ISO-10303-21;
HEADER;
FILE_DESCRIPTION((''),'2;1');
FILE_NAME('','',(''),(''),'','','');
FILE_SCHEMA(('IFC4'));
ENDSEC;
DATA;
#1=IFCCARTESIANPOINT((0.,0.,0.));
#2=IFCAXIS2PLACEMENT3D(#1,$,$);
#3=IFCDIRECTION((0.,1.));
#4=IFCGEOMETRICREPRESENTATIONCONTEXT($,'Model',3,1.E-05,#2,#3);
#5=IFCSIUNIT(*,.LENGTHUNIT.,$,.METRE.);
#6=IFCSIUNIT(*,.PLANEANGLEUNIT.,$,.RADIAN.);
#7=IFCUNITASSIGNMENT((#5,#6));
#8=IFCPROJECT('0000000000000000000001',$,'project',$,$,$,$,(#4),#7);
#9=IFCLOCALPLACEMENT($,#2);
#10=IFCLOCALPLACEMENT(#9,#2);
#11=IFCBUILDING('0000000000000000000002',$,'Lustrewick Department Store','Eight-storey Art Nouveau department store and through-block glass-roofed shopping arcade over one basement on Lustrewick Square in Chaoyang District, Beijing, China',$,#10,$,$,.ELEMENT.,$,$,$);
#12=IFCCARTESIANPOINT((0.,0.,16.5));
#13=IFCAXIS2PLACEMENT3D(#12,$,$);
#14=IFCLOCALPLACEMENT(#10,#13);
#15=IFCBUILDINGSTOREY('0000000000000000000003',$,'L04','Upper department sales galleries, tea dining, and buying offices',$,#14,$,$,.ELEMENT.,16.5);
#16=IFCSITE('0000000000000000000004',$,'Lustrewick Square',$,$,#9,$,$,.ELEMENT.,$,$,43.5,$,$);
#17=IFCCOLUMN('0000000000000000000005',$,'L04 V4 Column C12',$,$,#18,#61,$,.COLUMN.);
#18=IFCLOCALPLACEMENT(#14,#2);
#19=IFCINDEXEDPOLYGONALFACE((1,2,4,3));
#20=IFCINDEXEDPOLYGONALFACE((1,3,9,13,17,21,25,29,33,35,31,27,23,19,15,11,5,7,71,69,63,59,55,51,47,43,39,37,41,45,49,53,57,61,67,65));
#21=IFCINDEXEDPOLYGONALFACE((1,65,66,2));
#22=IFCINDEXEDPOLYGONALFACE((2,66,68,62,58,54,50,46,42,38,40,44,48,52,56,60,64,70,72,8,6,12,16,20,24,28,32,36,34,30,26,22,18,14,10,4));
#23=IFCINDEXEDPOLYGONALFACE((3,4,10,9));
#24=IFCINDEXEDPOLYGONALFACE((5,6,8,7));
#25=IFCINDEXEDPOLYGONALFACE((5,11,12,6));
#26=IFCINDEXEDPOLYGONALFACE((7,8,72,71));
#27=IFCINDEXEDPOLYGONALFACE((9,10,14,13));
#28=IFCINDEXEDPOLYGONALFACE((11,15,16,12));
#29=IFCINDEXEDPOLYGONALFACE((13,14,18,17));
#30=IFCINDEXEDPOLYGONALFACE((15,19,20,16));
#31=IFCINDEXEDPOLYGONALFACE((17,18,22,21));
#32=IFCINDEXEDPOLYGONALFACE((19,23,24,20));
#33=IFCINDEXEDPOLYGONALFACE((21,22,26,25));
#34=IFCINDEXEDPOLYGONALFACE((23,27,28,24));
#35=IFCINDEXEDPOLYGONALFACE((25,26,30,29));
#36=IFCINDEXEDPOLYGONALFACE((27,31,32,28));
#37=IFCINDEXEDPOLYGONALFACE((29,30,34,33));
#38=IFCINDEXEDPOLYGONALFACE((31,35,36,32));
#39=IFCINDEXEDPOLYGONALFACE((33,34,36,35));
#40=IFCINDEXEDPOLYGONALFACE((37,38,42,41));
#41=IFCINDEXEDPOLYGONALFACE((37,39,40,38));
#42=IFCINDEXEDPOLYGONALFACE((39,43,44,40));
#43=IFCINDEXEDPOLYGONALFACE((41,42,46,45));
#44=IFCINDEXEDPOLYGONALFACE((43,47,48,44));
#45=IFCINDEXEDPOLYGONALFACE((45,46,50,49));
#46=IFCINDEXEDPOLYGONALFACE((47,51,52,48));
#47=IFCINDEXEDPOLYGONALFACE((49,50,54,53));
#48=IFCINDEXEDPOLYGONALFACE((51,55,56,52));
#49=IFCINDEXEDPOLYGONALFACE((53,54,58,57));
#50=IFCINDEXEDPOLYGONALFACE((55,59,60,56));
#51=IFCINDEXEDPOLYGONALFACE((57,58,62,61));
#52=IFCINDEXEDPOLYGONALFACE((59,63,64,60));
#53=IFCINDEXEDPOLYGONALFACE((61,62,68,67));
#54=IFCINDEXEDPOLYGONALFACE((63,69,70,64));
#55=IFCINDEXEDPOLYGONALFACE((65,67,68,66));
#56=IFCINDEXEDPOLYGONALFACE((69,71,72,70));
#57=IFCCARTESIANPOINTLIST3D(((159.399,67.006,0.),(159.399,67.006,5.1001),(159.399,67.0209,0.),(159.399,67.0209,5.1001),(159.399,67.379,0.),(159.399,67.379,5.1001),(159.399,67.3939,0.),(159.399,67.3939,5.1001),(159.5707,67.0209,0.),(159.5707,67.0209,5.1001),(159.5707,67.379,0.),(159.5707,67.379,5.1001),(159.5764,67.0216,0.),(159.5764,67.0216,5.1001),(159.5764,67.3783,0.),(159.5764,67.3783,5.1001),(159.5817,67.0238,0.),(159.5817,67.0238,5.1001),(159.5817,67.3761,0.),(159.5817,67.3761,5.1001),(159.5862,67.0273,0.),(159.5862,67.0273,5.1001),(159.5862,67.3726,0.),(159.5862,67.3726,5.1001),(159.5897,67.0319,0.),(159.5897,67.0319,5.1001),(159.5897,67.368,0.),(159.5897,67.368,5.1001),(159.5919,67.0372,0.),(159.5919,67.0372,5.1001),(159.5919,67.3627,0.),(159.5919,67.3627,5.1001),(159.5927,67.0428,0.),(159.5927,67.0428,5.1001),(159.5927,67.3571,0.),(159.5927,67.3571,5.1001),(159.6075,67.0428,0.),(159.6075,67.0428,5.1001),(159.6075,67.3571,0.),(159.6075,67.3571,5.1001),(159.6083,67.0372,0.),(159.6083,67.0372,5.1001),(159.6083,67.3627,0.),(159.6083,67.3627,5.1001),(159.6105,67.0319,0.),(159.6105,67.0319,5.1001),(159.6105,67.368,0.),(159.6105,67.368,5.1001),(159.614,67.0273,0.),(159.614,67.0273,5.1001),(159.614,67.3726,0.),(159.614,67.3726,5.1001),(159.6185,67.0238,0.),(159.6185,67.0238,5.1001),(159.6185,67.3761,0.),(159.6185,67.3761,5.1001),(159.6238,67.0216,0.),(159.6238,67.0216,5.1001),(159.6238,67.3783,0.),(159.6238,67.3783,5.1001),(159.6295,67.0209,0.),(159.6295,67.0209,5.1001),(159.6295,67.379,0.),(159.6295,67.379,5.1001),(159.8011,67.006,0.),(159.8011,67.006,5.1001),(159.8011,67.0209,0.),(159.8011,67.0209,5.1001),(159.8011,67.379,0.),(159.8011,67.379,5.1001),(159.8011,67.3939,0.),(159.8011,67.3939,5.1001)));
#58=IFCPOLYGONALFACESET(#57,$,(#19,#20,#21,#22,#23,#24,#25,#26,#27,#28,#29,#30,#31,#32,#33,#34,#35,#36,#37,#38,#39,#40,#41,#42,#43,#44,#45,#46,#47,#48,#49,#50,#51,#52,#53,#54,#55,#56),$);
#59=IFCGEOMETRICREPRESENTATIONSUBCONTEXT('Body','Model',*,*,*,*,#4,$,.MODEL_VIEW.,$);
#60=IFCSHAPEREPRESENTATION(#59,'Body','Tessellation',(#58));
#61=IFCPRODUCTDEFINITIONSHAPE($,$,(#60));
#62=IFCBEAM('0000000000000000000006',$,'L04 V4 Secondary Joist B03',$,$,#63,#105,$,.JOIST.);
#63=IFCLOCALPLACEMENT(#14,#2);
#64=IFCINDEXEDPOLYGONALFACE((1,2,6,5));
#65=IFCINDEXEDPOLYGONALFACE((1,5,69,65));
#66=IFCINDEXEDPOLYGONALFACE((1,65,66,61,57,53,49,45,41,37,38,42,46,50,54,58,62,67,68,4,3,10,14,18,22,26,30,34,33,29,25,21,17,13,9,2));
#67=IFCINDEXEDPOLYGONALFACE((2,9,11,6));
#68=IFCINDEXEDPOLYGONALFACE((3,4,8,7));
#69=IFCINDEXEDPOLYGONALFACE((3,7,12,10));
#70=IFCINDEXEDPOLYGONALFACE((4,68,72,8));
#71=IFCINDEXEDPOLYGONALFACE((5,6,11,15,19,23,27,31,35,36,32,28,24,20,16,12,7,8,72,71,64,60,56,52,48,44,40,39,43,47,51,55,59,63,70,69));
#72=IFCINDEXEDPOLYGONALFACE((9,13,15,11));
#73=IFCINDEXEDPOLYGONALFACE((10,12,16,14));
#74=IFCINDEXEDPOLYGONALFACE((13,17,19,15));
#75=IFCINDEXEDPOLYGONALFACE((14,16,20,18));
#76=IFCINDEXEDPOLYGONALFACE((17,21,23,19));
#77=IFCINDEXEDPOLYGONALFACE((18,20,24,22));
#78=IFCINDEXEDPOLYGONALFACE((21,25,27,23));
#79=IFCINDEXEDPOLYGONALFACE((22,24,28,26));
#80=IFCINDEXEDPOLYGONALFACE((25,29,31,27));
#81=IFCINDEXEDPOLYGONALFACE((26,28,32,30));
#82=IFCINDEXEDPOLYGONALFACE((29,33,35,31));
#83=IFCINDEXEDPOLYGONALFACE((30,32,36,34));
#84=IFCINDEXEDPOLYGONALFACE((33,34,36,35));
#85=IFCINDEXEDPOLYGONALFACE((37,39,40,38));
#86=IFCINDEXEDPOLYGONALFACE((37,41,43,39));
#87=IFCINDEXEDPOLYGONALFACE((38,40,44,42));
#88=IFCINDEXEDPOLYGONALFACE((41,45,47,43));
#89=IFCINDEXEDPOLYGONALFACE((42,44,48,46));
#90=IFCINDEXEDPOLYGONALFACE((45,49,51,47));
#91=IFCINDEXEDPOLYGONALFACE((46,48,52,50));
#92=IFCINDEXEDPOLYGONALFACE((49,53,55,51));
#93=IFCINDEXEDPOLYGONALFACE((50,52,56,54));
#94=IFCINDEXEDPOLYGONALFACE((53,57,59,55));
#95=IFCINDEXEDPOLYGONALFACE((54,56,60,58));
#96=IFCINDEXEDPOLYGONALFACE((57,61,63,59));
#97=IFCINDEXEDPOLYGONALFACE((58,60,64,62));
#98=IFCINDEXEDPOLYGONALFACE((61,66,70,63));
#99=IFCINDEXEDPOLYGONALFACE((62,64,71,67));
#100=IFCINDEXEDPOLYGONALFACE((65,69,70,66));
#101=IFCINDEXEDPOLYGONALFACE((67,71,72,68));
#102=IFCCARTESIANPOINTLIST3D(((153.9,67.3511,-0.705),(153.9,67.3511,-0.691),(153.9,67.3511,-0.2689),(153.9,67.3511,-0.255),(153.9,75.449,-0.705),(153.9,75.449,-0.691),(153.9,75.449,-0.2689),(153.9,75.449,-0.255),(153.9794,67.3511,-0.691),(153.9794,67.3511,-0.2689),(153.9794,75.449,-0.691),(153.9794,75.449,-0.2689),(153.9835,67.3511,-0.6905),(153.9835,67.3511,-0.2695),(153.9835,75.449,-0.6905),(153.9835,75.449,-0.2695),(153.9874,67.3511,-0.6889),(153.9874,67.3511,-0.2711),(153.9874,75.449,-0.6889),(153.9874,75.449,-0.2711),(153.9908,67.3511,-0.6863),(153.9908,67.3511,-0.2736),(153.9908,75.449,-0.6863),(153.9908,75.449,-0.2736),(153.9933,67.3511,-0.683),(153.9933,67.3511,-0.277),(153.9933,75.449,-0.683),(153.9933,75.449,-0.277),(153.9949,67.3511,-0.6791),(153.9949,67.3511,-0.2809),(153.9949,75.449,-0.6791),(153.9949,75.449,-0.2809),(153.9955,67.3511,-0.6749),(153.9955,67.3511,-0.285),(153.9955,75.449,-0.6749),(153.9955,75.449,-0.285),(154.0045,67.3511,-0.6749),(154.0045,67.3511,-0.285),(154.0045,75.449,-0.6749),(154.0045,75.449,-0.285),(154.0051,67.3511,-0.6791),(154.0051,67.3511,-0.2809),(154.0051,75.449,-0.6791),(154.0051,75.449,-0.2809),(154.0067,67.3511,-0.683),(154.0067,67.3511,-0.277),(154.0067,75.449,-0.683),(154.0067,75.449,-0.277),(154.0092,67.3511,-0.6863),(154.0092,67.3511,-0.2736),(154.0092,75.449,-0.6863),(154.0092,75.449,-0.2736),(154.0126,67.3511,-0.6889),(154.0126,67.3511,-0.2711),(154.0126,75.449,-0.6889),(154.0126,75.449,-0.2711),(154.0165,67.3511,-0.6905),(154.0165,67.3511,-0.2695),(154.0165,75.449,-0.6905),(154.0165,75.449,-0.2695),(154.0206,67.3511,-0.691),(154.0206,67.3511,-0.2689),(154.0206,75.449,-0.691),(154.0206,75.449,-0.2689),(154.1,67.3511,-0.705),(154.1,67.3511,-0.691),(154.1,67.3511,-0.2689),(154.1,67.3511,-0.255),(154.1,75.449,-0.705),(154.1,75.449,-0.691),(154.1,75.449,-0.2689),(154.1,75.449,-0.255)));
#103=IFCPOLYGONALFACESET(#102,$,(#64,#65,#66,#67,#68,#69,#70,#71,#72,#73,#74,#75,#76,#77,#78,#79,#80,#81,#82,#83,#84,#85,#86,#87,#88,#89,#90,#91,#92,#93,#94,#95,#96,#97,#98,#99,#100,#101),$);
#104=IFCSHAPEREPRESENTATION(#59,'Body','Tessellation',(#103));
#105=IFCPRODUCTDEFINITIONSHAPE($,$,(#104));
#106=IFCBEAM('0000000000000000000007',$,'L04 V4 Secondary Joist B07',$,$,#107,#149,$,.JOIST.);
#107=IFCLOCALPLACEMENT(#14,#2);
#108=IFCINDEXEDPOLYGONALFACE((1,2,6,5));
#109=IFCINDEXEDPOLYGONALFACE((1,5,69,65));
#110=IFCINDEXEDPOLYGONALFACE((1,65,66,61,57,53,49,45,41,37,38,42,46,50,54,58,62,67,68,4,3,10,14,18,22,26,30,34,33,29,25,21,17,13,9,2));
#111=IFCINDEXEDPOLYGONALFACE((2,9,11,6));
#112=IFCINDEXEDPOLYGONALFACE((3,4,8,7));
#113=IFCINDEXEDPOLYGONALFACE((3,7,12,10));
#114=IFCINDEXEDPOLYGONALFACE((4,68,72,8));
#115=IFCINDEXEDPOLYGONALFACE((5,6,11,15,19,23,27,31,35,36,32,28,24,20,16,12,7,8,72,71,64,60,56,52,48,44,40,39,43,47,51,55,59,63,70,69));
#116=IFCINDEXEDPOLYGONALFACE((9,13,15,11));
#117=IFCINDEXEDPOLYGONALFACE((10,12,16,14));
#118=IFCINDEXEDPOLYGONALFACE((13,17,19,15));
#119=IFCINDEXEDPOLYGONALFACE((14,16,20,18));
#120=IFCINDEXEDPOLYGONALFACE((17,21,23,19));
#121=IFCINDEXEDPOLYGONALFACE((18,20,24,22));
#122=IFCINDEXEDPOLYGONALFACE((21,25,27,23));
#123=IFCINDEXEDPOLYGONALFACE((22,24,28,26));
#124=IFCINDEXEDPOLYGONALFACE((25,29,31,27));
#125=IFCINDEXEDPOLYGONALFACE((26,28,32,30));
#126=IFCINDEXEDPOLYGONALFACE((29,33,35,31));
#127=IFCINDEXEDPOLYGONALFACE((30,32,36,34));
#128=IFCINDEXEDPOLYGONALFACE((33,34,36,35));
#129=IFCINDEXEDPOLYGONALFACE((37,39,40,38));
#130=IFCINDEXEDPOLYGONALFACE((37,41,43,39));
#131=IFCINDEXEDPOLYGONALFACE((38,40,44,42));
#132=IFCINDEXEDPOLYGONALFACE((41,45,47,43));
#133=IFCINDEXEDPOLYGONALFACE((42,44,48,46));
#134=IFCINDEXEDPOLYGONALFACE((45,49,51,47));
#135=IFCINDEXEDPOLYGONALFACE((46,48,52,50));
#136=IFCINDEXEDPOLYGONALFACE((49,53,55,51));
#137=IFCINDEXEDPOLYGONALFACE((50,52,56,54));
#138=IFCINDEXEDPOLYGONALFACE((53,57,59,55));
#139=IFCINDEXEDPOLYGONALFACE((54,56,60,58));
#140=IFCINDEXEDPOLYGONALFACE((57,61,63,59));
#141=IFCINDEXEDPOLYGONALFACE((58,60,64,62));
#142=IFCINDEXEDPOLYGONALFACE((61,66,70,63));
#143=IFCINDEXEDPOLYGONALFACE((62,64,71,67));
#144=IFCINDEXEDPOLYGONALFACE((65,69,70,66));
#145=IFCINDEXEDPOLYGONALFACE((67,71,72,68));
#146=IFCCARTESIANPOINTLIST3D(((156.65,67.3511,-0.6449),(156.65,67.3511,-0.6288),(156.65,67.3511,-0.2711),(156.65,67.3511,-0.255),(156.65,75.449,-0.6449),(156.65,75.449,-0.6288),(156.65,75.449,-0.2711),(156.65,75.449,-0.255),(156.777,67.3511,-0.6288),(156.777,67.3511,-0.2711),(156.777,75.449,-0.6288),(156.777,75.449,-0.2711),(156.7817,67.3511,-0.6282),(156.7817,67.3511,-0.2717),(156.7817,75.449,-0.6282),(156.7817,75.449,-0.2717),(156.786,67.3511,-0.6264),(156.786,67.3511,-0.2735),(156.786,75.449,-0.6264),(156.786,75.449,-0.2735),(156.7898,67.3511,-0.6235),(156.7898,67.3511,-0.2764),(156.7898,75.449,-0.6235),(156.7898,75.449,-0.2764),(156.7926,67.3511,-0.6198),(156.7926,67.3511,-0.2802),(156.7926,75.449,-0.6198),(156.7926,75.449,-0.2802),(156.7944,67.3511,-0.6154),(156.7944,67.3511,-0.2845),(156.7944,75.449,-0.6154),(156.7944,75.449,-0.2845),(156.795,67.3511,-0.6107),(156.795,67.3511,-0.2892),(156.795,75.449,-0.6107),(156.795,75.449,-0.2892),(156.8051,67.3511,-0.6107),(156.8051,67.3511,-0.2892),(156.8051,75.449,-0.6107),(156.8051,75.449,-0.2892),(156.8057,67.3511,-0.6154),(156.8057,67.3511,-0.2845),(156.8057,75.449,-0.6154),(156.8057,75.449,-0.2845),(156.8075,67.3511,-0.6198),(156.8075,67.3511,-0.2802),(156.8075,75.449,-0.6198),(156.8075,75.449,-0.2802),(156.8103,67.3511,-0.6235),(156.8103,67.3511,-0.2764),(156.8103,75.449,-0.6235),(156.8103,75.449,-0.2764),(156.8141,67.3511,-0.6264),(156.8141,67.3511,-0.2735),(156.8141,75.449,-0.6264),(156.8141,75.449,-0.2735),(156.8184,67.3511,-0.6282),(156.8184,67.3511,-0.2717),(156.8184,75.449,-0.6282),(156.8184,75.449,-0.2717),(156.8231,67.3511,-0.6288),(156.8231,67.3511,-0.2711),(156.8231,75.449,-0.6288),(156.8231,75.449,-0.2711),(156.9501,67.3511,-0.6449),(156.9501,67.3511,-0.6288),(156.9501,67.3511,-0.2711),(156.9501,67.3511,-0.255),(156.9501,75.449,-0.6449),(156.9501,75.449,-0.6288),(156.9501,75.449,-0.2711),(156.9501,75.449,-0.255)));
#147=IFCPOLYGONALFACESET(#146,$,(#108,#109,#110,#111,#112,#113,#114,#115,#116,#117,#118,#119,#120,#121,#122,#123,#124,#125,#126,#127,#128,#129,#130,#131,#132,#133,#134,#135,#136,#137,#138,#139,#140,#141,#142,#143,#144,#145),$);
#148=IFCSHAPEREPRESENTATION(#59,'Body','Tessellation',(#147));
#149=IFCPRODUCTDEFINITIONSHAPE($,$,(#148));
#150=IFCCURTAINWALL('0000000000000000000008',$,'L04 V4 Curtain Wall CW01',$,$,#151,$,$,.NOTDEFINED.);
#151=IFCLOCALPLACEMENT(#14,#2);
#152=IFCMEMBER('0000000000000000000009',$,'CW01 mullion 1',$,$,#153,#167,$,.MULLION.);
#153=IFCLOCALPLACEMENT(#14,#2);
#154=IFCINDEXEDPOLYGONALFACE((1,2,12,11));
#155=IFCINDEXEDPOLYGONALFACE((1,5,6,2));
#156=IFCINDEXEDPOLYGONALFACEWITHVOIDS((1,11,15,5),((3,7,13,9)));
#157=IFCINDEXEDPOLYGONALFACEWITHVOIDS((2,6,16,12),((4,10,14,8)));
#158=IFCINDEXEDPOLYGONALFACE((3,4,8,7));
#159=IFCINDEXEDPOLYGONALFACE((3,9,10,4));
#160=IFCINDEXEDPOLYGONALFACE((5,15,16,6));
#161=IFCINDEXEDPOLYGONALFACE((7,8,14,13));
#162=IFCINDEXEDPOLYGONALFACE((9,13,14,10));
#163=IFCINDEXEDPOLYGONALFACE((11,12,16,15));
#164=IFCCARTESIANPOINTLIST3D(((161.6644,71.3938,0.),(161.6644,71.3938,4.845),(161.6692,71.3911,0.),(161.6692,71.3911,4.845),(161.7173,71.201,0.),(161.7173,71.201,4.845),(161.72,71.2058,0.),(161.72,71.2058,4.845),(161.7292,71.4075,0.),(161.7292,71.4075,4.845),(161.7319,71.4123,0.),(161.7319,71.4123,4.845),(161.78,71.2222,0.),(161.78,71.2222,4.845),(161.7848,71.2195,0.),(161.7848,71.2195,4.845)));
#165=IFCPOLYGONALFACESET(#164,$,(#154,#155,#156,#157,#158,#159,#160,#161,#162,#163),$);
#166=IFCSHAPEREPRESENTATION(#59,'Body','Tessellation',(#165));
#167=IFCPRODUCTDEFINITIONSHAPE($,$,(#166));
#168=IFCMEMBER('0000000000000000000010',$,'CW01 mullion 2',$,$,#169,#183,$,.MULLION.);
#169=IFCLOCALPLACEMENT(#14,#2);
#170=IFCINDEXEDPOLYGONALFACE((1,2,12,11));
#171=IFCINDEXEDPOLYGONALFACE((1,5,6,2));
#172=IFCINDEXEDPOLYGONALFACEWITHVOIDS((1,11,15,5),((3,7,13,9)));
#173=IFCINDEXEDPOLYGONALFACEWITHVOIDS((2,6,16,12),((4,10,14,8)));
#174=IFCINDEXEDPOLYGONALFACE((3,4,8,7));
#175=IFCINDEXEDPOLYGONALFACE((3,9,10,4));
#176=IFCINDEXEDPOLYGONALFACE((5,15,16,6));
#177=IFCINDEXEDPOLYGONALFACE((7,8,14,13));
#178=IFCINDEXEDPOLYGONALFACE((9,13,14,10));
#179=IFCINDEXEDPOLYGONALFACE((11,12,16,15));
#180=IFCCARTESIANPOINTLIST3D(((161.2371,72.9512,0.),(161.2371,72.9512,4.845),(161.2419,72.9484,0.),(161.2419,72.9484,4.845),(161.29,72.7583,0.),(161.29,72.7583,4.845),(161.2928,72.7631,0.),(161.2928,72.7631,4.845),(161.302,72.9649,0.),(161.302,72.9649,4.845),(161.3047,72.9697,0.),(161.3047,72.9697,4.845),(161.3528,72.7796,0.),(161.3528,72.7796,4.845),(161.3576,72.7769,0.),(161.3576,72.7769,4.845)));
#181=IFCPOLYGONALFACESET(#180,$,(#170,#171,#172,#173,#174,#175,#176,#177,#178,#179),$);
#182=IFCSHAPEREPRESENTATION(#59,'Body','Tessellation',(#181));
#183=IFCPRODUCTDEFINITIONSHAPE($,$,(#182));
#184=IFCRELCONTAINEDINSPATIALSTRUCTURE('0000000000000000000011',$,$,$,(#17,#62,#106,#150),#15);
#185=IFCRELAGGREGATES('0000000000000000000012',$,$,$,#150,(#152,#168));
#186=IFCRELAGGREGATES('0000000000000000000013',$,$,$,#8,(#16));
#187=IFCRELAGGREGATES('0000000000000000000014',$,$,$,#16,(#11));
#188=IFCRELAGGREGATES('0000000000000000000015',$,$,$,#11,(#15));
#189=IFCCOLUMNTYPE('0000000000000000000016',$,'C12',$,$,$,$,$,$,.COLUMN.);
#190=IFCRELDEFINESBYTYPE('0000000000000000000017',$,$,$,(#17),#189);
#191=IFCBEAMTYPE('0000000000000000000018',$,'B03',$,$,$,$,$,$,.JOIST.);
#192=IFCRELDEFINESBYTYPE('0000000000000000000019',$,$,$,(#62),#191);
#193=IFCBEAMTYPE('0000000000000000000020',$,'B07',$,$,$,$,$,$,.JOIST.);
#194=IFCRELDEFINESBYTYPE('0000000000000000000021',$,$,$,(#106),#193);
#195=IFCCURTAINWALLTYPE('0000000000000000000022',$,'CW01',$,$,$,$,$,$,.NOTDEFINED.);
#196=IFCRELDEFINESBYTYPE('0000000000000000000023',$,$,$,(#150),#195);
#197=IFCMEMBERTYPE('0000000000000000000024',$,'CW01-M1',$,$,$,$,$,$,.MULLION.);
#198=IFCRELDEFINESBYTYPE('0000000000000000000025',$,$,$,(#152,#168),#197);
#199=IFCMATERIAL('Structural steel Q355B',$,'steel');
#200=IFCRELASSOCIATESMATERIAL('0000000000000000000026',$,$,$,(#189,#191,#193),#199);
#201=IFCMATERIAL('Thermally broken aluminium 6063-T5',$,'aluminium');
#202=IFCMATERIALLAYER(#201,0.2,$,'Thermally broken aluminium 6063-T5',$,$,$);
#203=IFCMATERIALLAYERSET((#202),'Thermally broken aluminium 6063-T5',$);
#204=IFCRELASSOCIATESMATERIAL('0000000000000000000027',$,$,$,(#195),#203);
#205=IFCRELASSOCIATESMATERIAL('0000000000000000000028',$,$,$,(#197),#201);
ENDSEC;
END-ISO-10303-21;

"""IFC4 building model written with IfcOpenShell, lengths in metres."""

from ifc_helpers import new_model, si_unit, direction, frame, origin, origin_2d, place, context, subcontext, project, spatial, hollow_rectangle, i_section, extrude, material, layer, layer_set, material_profile, profile_set, type_object, element, aggregate, save


model = new_model("IFC4")

# Units and contexts
model_context = context("Model", 3, precision=1e-05, world=origin(), true_north=direction((0.0, 1.0)))
body_context = subcontext(model_context, "Body", "Model", "MODEL_VIEW")
ifc_project = project(units=[si_unit("LENGTHUNIT", "METRE"), si_unit("PLANEANGLEUNIT", "RADIAN")], contexts=[model_context])

# Site, building, storey
site_placement = place(None, origin())
site = spatial("IfcSite", under=ifc_project, at=site_placement, Name="Lustrewick Square", CompositionType="ELEMENT", RefElevation=43.5)
building_placement = place(site_placement, origin())
building = spatial("IfcBuilding", under=site, at=building_placement, Name="Lustrewick Department Store", Description="Eight-storey Art Nouveau department store and through-block glass-roofed shopping arcade over one basement on Lustrewick Square in Chaoyang District, Beijing, China", CompositionType="ELEMENT")
storey_placement = place(building_placement, frame((0.0, 0.0, 16.5)))
storey = spatial("IfcBuildingStorey", under=building, at=storey_placement, Name="L04", Description="Upper department sales galleries, tea dining, and buying offices", CompositionType="ELEMENT", Elevation=16.5)

# Column
ifc_material_1 = material(Name="Structural steel Q355B", Category="steel")
ifc_material_profile_1 = material_profile(ifc_material_1, i_section(OverallWidth=0.4021, OverallDepth=0.3879, WebThickness=0.0149, FlangeThickness=0.0149, FilletRadius=0.022, at=origin_2d()), Name="HW 388x402x15x15")
ifc_profile_set_1 = profile_set([ifc_material_profile_1], Name="Structural steel Q355B")
column_type = type_object("IfcColumnType", Name="C12", PredefinedType="COLUMN", material=ifc_profile_set_1)
column_placement = place(storey_placement, frame((159.6001, 67.2, 0.0), z_axis=(0.0, 0.0, 1.0), x_axis=(1.0, 0.0, 0.0)))
element("IfcColumn", 1, at=column_placement, inside=storey, type_object=column_type, Name="L04 V4 Column C12", PredefinedType="COLUMN", context=body_context, shape_type="SweptSolid", body=[
    extrude(i_section(OverallWidth=0.4021, OverallDepth=0.3879, WebThickness=0.0149, FlangeThickness=0.0149, FilletRadius=0.022, at=origin_2d()), origin(), (0.0, 0.0, 1.0), 5.1001),
])

# Beams
ifc_material_profile_2 = material_profile(ifc_material_1, i_section(OverallWidth=0.2, OverallDepth=0.45, WebThickness=0.009, FlangeThickness=0.0139, FilletRadius=0.0161, at=origin_2d()), Name="HN 450x200x9x14")
ifc_profile_set_2 = profile_set([ifc_material_profile_2], Name="Structural steel Q355B")
beam_type_1 = type_object("IfcBeamType", Name="B03", PredefinedType="JOIST", material=ifc_profile_set_2)
beam_1_placement = place(storey_placement, frame((154.0, 67.3511, -0.48), z_axis=(0.0, 1.0, 0.0), x_axis=(-1.0, 0.0, 0.0)))
element("IfcBeam", 2, at=beam_1_placement, inside=storey, type_object=beam_type_1, Name="L04 V4 Secondary Joist B03", PredefinedType="JOIST", context=body_context, shape_type="SweptSolid", body=[
    extrude(i_section(OverallWidth=0.2, OverallDepth=0.45, WebThickness=0.009, FlangeThickness=0.0139, FilletRadius=0.0161, at=origin_2d()), origin(), (0.0, 0.0, 1.0), 8.0979),
])
ifc_material_profile_3 = material_profile(ifc_material_1, i_section(OverallWidth=0.3, OverallDepth=0.3899, WebThickness=0.01, FlangeThickness=0.0161, FilletRadius=0.0181, at=origin_2d()), Name="HM 390x300x10x16")
ifc_profile_set_3 = profile_set([ifc_material_profile_3], Name="Structural steel Q355B")
beam_type_2 = type_object("IfcBeamType", Name="B07", PredefinedType="JOIST", material=ifc_profile_set_3)
beam_2_placement = place(storey_placement, frame((156.8, 67.3511, -0.45), z_axis=(0.0, 1.0, 0.0), x_axis=(-1.0, 0.0, 0.0)))
element("IfcBeam", 3, at=beam_2_placement, inside=storey, type_object=beam_type_2, Name="L04 V4 Secondary Joist B07", PredefinedType="JOIST", context=body_context, shape_type="SweptSolid", body=[
    extrude(i_section(OverallWidth=0.3, OverallDepth=0.3899, WebThickness=0.01, FlangeThickness=0.0161, FilletRadius=0.0181, at=origin_2d()), origin(), (0.0, 0.0, 1.0), 8.0979),
])

# Curtain wall, members
ifc_material_2 = material(Name="Thermally broken aluminium 6063-T5", Category="aluminium")
ifc_layer_1 = layer(ifc_material_2, 0.2, Name="Thermally broken aluminium 6063-T5")
ifc_layer_set_1 = layer_set([ifc_layer_1], Name="Thermally broken aluminium 6063-T5")
curtain_wall_type_1 = type_object("IfcCurtainWallType", Name="CW01", PredefinedType="NOTDEFINED", material=ifc_layer_set_1)
curtain_wall_1_placement = place(storey_placement, origin())
curtain_wall_1 = element("IfcCurtainWall", 4, at=curtain_wall_1_placement, inside=storey, type_object=curtain_wall_type_1, Name="L04 V4 Curtain Wall CW01", PredefinedType="NOTDEFINED")
ifc_material_profile_4 = material_profile(ifc_material_2, hollow_rectangle(XDim=0.0701, YDim=0.2, WallThickness=0.0039, at=origin_2d()), Name="ALU-M 70x200x4")
ifc_profile_set_4 = profile_set([ifc_material_profile_4], Name="Thermally broken aluminium 6063-T5")
member_type_1 = type_object("IfcMemberType", Name="CW01-M1", PredefinedType="MULLION", material=ifc_profile_set_4)
member_1_placement = place(storey_placement, frame((161.7246, 71.3066, 0.0), z_axis=(0.0, 0.0, 1.0), x_axis=(-0.964379, -0.264523, 0.0)))
member_1 = element("IfcMember", 5, at=member_1_placement, type_object=member_type_1, Name="CW01 mullion 1", PredefinedType="MULLION", context=body_context, shape_type="SweptSolid", body=[
    extrude(hollow_rectangle(XDim=0.0701, YDim=0.2, WallThickness=0.0039, at=origin_2d()), origin(), (0.0, 0.0, 1.0), 4.845),
])
member_2_placement = place(storey_placement, frame((161.2974, 72.864, 0.0), z_axis=(0.0, 0.0, 1.0), x_axis=(-0.964379, -0.264523, 0.0)))
member_2 = element("IfcMember", 6, at=member_2_placement, type_object=member_type_1, Name="CW01 mullion 2", PredefinedType="MULLION", context=body_context, shape_type="SweptSolid", body=[
    extrude(hollow_rectangle(XDim=0.0701, YDim=0.2, WallThickness=0.0039, at=origin_2d()), origin(), (0.0, 0.0, 1.0), 4.845),
])

aggregate(curtain_wall_1, [member_1, member_2])

save(model, "model.ifc")
